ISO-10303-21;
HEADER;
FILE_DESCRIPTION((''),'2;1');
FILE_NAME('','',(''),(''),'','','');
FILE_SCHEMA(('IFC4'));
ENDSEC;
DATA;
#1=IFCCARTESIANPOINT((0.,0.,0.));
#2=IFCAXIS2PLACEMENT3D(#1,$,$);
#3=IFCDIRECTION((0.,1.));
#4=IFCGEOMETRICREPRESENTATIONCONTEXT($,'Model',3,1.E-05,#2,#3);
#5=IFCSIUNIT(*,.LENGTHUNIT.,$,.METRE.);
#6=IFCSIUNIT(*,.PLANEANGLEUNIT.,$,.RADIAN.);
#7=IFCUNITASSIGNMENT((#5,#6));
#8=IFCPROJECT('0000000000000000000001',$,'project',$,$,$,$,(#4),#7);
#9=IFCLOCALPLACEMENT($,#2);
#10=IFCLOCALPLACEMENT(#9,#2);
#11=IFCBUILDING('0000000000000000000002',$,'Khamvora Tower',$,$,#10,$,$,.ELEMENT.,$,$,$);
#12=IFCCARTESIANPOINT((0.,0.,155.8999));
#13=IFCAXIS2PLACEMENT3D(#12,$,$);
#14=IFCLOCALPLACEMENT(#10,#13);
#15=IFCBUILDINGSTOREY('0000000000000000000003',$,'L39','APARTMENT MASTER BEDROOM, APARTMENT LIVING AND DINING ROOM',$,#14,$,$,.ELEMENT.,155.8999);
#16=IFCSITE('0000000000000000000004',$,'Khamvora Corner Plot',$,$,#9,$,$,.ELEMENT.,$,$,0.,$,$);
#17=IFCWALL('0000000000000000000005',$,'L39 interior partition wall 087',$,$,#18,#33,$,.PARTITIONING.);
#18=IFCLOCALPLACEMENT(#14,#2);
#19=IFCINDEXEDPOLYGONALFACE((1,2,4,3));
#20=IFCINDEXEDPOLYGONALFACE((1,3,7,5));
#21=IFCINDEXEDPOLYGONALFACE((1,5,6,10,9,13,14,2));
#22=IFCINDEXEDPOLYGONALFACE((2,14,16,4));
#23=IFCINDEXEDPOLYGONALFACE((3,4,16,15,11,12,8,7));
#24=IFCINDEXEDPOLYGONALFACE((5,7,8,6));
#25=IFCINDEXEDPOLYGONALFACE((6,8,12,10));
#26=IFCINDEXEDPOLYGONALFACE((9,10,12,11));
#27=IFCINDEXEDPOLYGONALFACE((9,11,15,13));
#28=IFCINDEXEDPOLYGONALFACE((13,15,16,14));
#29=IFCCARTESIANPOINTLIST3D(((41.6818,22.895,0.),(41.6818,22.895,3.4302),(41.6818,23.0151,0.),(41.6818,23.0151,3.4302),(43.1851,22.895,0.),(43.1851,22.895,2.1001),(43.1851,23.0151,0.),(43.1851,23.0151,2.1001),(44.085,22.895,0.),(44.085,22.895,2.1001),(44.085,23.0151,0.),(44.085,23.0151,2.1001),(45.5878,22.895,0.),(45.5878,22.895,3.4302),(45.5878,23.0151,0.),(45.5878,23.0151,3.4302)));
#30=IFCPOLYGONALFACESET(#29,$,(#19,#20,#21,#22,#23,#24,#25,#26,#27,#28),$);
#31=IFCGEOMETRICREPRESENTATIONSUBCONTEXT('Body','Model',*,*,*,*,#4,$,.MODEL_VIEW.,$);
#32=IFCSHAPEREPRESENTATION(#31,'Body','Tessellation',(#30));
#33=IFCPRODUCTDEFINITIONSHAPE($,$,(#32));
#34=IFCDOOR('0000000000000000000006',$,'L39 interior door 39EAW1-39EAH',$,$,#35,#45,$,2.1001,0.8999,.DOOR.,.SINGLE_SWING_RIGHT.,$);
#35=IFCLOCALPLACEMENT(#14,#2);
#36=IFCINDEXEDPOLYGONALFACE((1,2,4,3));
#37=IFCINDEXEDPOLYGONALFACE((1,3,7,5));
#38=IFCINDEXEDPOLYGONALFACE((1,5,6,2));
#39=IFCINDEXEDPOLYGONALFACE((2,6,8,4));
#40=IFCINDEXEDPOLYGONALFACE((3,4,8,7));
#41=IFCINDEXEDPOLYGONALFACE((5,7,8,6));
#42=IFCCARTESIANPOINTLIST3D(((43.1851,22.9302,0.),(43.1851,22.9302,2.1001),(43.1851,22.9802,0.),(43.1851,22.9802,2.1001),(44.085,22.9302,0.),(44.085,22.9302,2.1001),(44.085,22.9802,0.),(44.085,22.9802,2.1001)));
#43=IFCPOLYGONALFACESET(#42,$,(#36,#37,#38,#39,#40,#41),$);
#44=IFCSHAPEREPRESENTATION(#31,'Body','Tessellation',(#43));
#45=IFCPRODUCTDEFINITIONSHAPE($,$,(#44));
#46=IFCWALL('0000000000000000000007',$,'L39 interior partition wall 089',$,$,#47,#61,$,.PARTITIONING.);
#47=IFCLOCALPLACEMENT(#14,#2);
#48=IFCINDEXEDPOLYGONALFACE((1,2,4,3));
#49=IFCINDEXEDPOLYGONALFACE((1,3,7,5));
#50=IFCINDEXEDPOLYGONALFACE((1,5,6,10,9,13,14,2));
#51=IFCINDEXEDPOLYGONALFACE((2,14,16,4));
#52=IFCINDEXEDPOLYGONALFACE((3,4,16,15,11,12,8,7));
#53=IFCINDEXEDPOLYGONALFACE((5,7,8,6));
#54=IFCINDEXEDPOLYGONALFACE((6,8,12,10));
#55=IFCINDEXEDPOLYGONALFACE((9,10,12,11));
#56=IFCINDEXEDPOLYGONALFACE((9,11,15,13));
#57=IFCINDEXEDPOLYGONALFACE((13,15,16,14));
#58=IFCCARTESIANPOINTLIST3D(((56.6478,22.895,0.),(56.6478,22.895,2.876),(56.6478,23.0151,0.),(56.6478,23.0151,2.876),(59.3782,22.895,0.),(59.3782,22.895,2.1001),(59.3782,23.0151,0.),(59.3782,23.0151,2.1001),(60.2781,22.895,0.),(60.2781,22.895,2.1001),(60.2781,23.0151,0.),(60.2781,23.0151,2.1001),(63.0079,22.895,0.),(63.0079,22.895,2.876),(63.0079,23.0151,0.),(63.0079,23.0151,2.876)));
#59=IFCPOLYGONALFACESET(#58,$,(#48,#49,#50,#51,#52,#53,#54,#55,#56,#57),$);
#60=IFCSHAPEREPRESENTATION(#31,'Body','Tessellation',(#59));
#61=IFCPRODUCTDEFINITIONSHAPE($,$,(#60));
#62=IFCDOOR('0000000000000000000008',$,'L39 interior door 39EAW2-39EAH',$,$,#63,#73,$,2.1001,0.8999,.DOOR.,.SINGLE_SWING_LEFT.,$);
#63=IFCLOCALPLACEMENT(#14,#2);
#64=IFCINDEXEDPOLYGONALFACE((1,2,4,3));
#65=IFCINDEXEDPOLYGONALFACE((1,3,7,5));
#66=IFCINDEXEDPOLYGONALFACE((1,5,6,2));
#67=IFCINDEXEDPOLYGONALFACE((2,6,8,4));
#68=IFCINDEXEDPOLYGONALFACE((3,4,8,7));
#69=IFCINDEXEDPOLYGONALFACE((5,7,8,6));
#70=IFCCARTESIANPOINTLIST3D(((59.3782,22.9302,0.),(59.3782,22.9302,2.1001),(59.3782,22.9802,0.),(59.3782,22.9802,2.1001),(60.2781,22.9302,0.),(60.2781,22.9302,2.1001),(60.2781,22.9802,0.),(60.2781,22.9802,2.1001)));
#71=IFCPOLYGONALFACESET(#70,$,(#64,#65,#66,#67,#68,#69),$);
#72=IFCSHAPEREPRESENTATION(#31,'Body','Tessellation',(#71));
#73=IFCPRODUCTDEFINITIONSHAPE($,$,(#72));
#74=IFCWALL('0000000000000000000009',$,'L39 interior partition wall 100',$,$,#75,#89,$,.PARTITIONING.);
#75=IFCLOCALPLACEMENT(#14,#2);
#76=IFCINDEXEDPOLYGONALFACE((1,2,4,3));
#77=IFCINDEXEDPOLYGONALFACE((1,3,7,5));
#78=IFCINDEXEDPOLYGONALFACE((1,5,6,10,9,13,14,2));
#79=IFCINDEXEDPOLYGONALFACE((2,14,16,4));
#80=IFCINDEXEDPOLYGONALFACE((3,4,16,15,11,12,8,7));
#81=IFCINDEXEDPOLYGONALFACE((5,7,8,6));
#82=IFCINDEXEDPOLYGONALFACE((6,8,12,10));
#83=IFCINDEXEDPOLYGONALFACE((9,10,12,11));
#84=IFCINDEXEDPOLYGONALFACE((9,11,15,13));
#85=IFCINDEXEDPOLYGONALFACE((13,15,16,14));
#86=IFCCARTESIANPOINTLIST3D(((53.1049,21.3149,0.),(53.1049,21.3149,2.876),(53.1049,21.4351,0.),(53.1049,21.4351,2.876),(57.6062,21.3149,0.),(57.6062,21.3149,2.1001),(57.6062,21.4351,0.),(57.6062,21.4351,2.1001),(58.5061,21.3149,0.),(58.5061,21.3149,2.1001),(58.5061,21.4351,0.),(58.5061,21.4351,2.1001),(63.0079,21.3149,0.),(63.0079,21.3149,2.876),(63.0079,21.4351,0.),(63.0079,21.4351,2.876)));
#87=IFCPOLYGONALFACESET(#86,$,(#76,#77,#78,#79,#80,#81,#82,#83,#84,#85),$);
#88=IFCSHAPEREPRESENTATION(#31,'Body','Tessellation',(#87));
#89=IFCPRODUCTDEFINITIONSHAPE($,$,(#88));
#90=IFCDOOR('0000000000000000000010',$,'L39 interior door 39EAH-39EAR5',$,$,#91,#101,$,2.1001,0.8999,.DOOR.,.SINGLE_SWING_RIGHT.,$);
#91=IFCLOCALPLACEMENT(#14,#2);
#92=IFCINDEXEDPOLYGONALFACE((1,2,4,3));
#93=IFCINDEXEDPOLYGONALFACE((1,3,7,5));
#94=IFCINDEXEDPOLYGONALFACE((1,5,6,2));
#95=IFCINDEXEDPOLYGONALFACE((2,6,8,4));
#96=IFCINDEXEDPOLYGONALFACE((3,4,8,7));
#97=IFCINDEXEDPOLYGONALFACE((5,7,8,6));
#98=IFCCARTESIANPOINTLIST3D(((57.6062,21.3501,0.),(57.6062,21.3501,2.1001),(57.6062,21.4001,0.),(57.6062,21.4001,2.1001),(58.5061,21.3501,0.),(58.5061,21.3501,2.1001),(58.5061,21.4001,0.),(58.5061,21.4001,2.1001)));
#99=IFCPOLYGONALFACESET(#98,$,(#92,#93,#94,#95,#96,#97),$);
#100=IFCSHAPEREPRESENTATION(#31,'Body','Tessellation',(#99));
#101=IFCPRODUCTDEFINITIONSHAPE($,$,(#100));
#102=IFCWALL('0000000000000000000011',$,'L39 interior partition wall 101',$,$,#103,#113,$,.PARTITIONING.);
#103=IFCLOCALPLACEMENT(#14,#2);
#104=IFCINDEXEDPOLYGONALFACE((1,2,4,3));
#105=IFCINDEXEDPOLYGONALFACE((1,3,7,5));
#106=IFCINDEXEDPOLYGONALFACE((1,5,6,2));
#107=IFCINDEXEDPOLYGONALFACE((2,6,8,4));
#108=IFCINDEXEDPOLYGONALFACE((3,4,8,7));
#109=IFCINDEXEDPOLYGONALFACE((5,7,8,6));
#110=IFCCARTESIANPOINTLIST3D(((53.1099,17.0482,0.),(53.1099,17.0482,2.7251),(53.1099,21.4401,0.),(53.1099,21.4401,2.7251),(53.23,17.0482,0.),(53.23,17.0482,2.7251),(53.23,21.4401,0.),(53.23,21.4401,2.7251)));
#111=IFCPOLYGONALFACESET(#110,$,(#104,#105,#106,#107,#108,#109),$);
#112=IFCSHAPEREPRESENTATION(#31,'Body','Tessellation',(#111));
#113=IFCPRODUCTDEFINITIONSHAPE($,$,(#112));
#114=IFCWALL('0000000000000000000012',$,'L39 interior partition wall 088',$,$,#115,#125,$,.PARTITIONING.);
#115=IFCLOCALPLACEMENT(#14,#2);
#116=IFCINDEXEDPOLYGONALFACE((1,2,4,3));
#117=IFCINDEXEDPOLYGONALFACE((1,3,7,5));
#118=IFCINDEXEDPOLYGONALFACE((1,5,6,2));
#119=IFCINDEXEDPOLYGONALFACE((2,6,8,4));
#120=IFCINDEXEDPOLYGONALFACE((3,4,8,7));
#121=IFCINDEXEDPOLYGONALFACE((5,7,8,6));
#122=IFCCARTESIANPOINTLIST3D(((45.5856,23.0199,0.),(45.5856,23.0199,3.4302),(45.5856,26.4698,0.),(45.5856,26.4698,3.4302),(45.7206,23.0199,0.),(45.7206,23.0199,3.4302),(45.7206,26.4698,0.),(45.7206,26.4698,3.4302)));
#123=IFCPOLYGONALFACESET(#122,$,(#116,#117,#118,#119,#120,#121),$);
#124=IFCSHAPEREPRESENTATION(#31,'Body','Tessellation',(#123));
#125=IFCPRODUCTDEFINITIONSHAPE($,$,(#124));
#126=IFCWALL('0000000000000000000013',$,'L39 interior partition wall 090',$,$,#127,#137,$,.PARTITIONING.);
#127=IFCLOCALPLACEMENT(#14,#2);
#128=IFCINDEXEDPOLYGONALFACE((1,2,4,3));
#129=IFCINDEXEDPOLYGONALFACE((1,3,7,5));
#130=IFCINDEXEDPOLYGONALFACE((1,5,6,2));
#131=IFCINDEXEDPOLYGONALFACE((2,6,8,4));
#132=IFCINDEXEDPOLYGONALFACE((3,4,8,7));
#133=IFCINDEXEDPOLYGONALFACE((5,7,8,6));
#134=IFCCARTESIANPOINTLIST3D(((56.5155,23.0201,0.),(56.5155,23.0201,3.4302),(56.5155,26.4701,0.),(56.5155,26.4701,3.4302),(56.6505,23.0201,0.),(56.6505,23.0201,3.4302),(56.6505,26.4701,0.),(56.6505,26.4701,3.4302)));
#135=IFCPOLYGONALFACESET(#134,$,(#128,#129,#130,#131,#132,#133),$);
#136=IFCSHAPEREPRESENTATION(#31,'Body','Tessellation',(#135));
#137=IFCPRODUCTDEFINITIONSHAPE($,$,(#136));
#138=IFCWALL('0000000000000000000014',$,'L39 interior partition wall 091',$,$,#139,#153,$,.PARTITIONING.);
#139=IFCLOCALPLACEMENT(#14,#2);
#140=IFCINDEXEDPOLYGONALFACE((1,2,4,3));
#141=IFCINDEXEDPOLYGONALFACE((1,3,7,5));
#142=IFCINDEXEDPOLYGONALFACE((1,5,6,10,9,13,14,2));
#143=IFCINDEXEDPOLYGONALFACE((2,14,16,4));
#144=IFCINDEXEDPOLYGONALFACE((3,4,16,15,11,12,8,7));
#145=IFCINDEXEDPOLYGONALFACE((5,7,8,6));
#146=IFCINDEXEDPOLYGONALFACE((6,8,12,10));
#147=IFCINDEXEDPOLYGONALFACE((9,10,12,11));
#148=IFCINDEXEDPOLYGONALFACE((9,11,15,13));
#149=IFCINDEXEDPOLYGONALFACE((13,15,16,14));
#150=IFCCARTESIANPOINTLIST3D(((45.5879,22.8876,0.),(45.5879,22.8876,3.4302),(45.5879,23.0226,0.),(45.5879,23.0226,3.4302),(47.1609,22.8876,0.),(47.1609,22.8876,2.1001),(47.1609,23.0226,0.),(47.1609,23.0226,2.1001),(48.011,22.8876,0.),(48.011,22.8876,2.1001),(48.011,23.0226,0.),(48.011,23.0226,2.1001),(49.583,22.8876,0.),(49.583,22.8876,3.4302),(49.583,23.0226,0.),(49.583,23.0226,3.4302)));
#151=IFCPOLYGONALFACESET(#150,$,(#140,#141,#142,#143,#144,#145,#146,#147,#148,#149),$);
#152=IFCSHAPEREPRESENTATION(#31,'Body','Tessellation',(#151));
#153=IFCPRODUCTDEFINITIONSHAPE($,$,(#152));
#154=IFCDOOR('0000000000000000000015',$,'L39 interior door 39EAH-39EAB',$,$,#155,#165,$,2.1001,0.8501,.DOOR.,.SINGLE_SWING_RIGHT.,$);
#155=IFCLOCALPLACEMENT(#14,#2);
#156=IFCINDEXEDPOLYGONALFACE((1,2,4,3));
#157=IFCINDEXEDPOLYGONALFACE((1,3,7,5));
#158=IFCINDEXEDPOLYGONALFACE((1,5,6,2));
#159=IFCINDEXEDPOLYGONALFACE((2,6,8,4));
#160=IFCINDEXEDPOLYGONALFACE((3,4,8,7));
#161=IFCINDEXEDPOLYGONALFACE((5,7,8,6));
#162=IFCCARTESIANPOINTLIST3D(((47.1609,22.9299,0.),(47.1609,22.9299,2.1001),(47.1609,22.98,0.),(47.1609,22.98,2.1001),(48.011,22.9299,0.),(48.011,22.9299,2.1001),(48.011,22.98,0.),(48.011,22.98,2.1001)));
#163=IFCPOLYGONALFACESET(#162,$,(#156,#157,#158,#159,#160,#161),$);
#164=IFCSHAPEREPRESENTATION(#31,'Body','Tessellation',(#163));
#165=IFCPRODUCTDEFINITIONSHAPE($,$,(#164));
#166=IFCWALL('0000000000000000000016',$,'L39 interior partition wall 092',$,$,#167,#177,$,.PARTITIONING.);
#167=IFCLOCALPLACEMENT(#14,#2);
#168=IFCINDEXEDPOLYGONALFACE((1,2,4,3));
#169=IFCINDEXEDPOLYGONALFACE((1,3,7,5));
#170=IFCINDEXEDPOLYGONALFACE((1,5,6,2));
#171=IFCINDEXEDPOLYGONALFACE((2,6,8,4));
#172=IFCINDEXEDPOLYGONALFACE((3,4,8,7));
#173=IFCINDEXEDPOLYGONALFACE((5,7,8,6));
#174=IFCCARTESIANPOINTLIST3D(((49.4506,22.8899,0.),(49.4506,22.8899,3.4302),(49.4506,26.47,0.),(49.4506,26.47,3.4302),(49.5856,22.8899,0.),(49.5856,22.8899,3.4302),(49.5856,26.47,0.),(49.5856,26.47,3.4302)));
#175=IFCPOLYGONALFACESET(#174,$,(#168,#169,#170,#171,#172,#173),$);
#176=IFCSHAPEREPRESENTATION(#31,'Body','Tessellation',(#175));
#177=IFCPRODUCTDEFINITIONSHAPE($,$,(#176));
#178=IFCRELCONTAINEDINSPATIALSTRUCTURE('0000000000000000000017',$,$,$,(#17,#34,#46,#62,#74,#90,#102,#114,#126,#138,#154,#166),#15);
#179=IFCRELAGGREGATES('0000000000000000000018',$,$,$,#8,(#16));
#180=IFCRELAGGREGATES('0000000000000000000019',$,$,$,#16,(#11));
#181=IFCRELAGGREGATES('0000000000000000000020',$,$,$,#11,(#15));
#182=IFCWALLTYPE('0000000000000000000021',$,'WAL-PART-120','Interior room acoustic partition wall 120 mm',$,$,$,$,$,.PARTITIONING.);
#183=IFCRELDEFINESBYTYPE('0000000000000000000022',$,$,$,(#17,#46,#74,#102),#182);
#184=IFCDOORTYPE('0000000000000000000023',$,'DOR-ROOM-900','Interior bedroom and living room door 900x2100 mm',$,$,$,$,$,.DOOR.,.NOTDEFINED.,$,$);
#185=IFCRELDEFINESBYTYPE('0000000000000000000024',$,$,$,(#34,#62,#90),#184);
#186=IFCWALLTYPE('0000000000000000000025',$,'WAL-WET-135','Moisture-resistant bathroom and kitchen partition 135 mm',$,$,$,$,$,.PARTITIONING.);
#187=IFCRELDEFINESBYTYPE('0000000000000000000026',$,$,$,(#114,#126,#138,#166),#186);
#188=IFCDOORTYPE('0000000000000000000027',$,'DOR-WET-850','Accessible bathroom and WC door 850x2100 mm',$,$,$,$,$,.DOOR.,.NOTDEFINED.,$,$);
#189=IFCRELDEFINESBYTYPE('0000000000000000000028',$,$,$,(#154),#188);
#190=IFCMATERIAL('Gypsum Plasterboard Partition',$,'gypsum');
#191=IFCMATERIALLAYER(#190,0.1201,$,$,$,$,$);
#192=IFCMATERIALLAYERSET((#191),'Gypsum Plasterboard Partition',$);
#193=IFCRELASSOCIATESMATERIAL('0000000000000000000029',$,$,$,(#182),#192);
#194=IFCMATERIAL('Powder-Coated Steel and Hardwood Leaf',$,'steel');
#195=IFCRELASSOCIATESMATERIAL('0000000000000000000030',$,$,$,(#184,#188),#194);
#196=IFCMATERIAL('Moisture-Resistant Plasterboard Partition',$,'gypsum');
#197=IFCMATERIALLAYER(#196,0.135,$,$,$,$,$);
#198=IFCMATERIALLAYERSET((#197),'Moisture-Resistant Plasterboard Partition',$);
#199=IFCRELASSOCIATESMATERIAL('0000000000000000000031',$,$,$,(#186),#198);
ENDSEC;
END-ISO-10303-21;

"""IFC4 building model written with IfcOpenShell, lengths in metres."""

from ifc_helpers import new_model, si_unit, direction, frame, frame_2d, origin, place, context, subcontext, project, spatial, rectangle, extrude, material, layer, layer_set, type_object, element, fill, save


model = new_model("IFC4")

# Units and contexts
model_context = context("Model", 3, precision=1e-05, world=origin(), true_north=direction((0.0, 1.0)))
body_context = subcontext(model_context, "Body", "Model", "MODEL_VIEW")
ifc_project = project(units=[si_unit("LENGTHUNIT", "METRE"), si_unit("PLANEANGLEUNIT", "RADIAN")], contexts=[model_context])

# Site, building, storey
site_placement = place(None, origin())
site = spatial("IfcSite", under=ifc_project, at=site_placement, Name="Khamvora Corner Plot", CompositionType="ELEMENT", RefElevation=0.0)
building_placement = place(site_placement, origin())
building = spatial("IfcBuilding", under=site, at=building_placement, Name="Khamvora Tower", CompositionType="ELEMENT")
storey_placement = place(building_placement, frame((0.0, 0.0, 155.8999)))
storey = spatial("IfcBuildingStorey", under=building, at=storey_placement, Name="L39", Description="APARTMENT MASTER BEDROOM, APARTMENT LIVING AND DINING ROOM", CompositionType="ELEMENT", Elevation=155.8999)

# Shared definitions
ifc_material_1 = material(Name="Powder-Coated Steel and Hardwood Leaf", Category="steel")

# Walls, openings, doors
ifc_material_2 = material(Name="Gypsum Plasterboard Partition", Category="gypsum")
ifc_layer_1 = layer(ifc_material_2, 0.1201)
ifc_layer_set_1 = layer_set([ifc_layer_1], Name="Gypsum Plasterboard Partition")
wall_type_1 = type_object("IfcWallType", Name="WAL-PART-120", Description="Interior room acoustic partition wall 120 mm", PredefinedType="PARTITIONING", material=ifc_layer_set_1)
wall_1_placement = place(storey_placement, frame((45.5879, 22.9551, 0.0), z_axis=(0.0, 0.0, 1.0), x_axis=(-1.0, 0.0, 0.0)))
wall_1 = element("IfcWall", 1, at=wall_1_placement, inside=storey, type_object=wall_type_1, Name="L39 interior partition wall 087", PredefinedType="PARTITIONING", context=body_context, shape_type="SweptSolid", body=[
    extrude(rectangle(XDim=3.906, YDim=0.1201, at=frame_2d((1.9531, 0.0))), origin(), (0.0, 0.0, 1.0), 3.4302),
])
opening_1_placement = place(wall_1_placement, frame((1.5029, 0.0, 0.0)))
opening_1 = element("IfcOpeningElement", 2, at=opening_1_placement, cuts=wall_1, PredefinedType="OPENING", context=body_context, shape_type="SweptSolid", body=[
    extrude(rectangle(XDim=0.8999, YDim=2.1001, at=frame_2d((0.45, 1.05))), frame((0.0, 0.0701, 0.0), z_axis=(0.0, -1.0, 0.0), x_axis=(1.0, 0.0, 0.0)), (0.0, 0.0, 1.0), 0.1401),
])
door_type_1 = type_object("IfcDoorType", Name="DOR-ROOM-900", Description="Interior bedroom and living room door 900x2100 mm", OperationType="NOTDEFINED", PredefinedType="DOOR", material=ifc_material_1)
door_1_placement = place(opening_1_placement, origin())
door_1 = element("IfcDoor", 3, at=door_1_placement, inside=storey, type_object=door_type_1, Name="L39 interior door 39EAW1-39EAH", OperationType="SINGLE_SWING_RIGHT", OverallHeight=2.1001, OverallWidth=0.8999, PredefinedType="DOOR", context=body_context, shape_type="SweptSolid", body=[
    extrude(rectangle(XDim=0.8999, YDim=2.1001, at=frame_2d((0.45, 1.05))), frame((0.0, 0.0249, 0.0), z_axis=(0.0, -1.0, 0.0), x_axis=(1.0, 0.0, 0.0)), (0.0, 0.0, 1.0), 0.05),
])
fill(opening_1, door_1)
wall_2_placement = place(storey_placement, frame((63.0081, 22.9551, 0.0), z_axis=(0.0, 0.0, 1.0), x_axis=(-1.0, 0.0, 0.0)))
wall_2 = element("IfcWall", 4, at=wall_2_placement, inside=storey, type_object=wall_type_1, Name="L39 interior partition wall 089", PredefinedType="PARTITIONING", context=body_context, shape_type="SweptSolid", body=[
    extrude(rectangle(XDim=6.3601, YDim=0.1201, at=frame_2d((3.1802, 0.0))), origin(), (0.0, 0.0, 1.0), 2.876),
])
opening_2_placement = place(wall_2_placement, frame((2.73, 0.0, 0.0)))
opening_2 = element("IfcOpeningElement", 5, at=opening_2_placement, cuts=wall_2, PredefinedType="OPENING", context=body_context, shape_type="SweptSolid", body=[
    extrude(rectangle(XDim=0.8999, YDim=2.1001, at=frame_2d((0.45, 1.05))), frame((0.0, 0.0701, 0.0), z_axis=(0.0, -1.0, 0.0), x_axis=(1.0, 0.0, 0.0)), (0.0, 0.0, 1.0), 0.1401),
])
door_2_placement = place(opening_2_placement, origin())
door_2 = element("IfcDoor", 6, at=door_2_placement, inside=storey, type_object=door_type_1, Name="L39 interior door 39EAW2-39EAH", OperationType="SINGLE_SWING_LEFT", OverallHeight=2.1001, OverallWidth=0.8999, PredefinedType="DOOR", context=body_context, shape_type="SweptSolid", body=[
    extrude(rectangle(XDim=0.8999, YDim=2.1001, at=frame_2d((0.45, 1.05))), frame((0.0, 0.0249, 0.0), z_axis=(0.0, -1.0, 0.0), x_axis=(1.0, 0.0, 0.0)), (0.0, 0.0, 1.0), 0.05),
])
fill(opening_2, door_2)
wall_3_placement = place(storey_placement, frame((63.0081, 21.375, 0.0), z_axis=(0.0, 0.0, 1.0), x_axis=(-1.0, 0.0, 0.0)))
wall_3 = element("IfcWall", 7, at=wall_3_placement, inside=storey, type_object=wall_type_1, Name="L39 interior partition wall 100", PredefinedType="PARTITIONING", context=body_context, shape_type="SweptSolid", body=[
    extrude(rectangle(XDim=9.9031, YDim=0.1201, at=frame_2d((4.9517, 0.0))), origin(), (0.0, 0.0, 1.0), 2.876),
])
opening_3_placement = place(wall_3_placement, frame((4.502, 0.0, 0.0)))
opening_3 = element("IfcOpeningElement", 8, at=opening_3_placement, cuts=wall_3, PredefinedType="OPENING", context=body_context, shape_type="SweptSolid", body=[
    extrude(rectangle(XDim=0.8999, YDim=2.1001, at=frame_2d((0.45, 1.05))), frame((0.0, 0.0701, 0.0), z_axis=(0.0, -1.0, 0.0), x_axis=(1.0, 0.0, 0.0)), (0.0, 0.0, 1.0), 0.1401),
])
door_3_placement = place(opening_3_placement, origin())
door_3 = element("IfcDoor", 9, at=door_3_placement, inside=storey, type_object=door_type_1, Name="L39 interior door 39EAH-39EAR5", OperationType="SINGLE_SWING_RIGHT", OverallHeight=2.1001, OverallWidth=0.8999, PredefinedType="DOOR", context=body_context, shape_type="SweptSolid", body=[
    extrude(rectangle(XDim=0.8999, YDim=2.1001, at=frame_2d((0.45, 1.05))), frame((0.0, 0.0249, 0.0), z_axis=(0.0, -1.0, 0.0), x_axis=(1.0, 0.0, 0.0)), (0.0, 0.0, 1.0), 0.05),
])
fill(opening_3, door_3)

# Walls
wall_4_placement = place(storey_placement, frame((53.1699, 21.4399, 0.0), z_axis=(0.0, 0.0, 1.0), x_axis=(0.0, -1.0, 0.0)))
element("IfcWall", 10, at=wall_4_placement, inside=storey, type_object=wall_type_1, Name="L39 interior partition wall 101", PredefinedType="PARTITIONING", context=body_context, shape_type="SweptSolid", body=[
    extrude(rectangle(XDim=4.3918, YDim=0.1201, at=frame_2d((2.1958, 0.0))), origin(), (0.0, 0.0, 1.0), 2.7251),
])
ifc_material_3 = material(Name="Moisture-Resistant Plasterboard Partition", Category="gypsum")
ifc_layer_2 = layer(ifc_material_3, 0.135)
ifc_layer_set_2 = layer_set([ifc_layer_2], Name="Moisture-Resistant Plasterboard Partition")
wall_type_2 = type_object("IfcWallType", Name="WAL-WET-135", Description="Moisture-resistant bathroom and kitchen partition 135 mm", PredefinedType="PARTITIONING", material=ifc_layer_set_2)
for number, where, z_axis, x_axis, name in (
    (11, (45.6531, 26.47, 0.0), (0.0, 0.0, 1.0), (0.0, -1.0, 0.0), "L39 interior partition wall 088"),
    (12, (56.583, 23.02, 0.0), (0.0, 0.0, 1.0), (0.0, 1.0, 0.0), "L39 interior partition wall 090"),
):
    element("IfcWall", number, at=place(storey_placement, frame(where, z_axis=z_axis, x_axis=x_axis)), inside=storey, type_object=wall_type_2, Name=name, PredefinedType="PARTITIONING", context=body_context, shape_type="SweptSolid", body=[
        extrude(rectangle(XDim=3.45, YDim=0.135, at=frame_2d((1.7251, 0.0))), origin(), (0.0, 0.0, 1.0), 3.4302),
    ])

# Wall, opening, door
wall_5_placement = place(storey_placement, frame((45.5879, 22.9551, 0.0), z_axis=(0.0, 0.0, 1.0), x_axis=(1.0, 0.0, 0.0)))
wall_5 = element("IfcWall", 13, at=wall_5_placement, inside=storey, type_object=wall_type_2, Name="L39 interior partition wall 091", PredefinedType="PARTITIONING", context=body_context, shape_type="SweptSolid", body=[
    extrude(rectangle(XDim=3.9951, YDim=0.135, at=frame_2d((1.9976, 0.0))), origin(), (0.0, 0.0, 1.0), 3.4302),
])
opening_4_placement = place(wall_5_placement, frame((1.573, 0.0, 0.0)))
opening_4 = element("IfcOpeningElement", 14, at=opening_4_placement, cuts=wall_5, PredefinedType="OPENING", context=body_context, shape_type="SweptSolid", body=[
    extrude(rectangle(XDim=0.8501, YDim=2.1001, at=frame_2d((0.425, 1.05))), frame((0.0, 0.0774, 0.0), z_axis=(0.0, -1.0, 0.0), x_axis=(1.0, 0.0, 0.0)), (0.0, 0.0, 1.0), 0.155),
])
door_type_2 = type_object("IfcDoorType", Name="DOR-WET-850", Description="Accessible bathroom and WC door 850x2100 mm", OperationType="NOTDEFINED", PredefinedType="DOOR", material=ifc_material_1)
door_4_placement = place(opening_4_placement, origin())
door_4 = element("IfcDoor", 15, at=door_4_placement, inside=storey, type_object=door_type_2, Name="L39 interior door 39EAH-39EAB", OperationType="SINGLE_SWING_RIGHT", OverallHeight=2.1001, OverallWidth=0.8501, PredefinedType="DOOR", context=body_context, shape_type="SweptSolid", body=[
    extrude(rectangle(XDim=0.8501, YDim=2.1001, at=frame_2d((0.425, 1.05))), frame((0.0, 0.0249, 0.0), z_axis=(0.0, -1.0, 0.0), x_axis=(1.0, 0.0, 0.0)), (0.0, 0.0, 1.0), 0.05),
])
fill(opening_4, door_4)

# Wall
for number, where, z_axis, x_axis, name in (
    (16, (49.5181, 22.8899, 0.0), (0.0, 0.0, 1.0), (0.0, 1.0, 0.0), "L39 interior partition wall 092"),
):
    element("IfcWall", number, at=place(storey_placement, frame(where, z_axis=z_axis, x_axis=x_axis)), inside=storey, type_object=wall_type_2, Name=name, PredefinedType="PARTITIONING", context=body_context, shape_type="SweptSolid", body=[
        extrude(rectangle(XDim=3.5801, YDim=0.135, at=frame_2d((1.79, 0.0))), origin(), (0.0, 0.0, 1.0), 3.4302),
    ])

save(model, "model.ifc")
